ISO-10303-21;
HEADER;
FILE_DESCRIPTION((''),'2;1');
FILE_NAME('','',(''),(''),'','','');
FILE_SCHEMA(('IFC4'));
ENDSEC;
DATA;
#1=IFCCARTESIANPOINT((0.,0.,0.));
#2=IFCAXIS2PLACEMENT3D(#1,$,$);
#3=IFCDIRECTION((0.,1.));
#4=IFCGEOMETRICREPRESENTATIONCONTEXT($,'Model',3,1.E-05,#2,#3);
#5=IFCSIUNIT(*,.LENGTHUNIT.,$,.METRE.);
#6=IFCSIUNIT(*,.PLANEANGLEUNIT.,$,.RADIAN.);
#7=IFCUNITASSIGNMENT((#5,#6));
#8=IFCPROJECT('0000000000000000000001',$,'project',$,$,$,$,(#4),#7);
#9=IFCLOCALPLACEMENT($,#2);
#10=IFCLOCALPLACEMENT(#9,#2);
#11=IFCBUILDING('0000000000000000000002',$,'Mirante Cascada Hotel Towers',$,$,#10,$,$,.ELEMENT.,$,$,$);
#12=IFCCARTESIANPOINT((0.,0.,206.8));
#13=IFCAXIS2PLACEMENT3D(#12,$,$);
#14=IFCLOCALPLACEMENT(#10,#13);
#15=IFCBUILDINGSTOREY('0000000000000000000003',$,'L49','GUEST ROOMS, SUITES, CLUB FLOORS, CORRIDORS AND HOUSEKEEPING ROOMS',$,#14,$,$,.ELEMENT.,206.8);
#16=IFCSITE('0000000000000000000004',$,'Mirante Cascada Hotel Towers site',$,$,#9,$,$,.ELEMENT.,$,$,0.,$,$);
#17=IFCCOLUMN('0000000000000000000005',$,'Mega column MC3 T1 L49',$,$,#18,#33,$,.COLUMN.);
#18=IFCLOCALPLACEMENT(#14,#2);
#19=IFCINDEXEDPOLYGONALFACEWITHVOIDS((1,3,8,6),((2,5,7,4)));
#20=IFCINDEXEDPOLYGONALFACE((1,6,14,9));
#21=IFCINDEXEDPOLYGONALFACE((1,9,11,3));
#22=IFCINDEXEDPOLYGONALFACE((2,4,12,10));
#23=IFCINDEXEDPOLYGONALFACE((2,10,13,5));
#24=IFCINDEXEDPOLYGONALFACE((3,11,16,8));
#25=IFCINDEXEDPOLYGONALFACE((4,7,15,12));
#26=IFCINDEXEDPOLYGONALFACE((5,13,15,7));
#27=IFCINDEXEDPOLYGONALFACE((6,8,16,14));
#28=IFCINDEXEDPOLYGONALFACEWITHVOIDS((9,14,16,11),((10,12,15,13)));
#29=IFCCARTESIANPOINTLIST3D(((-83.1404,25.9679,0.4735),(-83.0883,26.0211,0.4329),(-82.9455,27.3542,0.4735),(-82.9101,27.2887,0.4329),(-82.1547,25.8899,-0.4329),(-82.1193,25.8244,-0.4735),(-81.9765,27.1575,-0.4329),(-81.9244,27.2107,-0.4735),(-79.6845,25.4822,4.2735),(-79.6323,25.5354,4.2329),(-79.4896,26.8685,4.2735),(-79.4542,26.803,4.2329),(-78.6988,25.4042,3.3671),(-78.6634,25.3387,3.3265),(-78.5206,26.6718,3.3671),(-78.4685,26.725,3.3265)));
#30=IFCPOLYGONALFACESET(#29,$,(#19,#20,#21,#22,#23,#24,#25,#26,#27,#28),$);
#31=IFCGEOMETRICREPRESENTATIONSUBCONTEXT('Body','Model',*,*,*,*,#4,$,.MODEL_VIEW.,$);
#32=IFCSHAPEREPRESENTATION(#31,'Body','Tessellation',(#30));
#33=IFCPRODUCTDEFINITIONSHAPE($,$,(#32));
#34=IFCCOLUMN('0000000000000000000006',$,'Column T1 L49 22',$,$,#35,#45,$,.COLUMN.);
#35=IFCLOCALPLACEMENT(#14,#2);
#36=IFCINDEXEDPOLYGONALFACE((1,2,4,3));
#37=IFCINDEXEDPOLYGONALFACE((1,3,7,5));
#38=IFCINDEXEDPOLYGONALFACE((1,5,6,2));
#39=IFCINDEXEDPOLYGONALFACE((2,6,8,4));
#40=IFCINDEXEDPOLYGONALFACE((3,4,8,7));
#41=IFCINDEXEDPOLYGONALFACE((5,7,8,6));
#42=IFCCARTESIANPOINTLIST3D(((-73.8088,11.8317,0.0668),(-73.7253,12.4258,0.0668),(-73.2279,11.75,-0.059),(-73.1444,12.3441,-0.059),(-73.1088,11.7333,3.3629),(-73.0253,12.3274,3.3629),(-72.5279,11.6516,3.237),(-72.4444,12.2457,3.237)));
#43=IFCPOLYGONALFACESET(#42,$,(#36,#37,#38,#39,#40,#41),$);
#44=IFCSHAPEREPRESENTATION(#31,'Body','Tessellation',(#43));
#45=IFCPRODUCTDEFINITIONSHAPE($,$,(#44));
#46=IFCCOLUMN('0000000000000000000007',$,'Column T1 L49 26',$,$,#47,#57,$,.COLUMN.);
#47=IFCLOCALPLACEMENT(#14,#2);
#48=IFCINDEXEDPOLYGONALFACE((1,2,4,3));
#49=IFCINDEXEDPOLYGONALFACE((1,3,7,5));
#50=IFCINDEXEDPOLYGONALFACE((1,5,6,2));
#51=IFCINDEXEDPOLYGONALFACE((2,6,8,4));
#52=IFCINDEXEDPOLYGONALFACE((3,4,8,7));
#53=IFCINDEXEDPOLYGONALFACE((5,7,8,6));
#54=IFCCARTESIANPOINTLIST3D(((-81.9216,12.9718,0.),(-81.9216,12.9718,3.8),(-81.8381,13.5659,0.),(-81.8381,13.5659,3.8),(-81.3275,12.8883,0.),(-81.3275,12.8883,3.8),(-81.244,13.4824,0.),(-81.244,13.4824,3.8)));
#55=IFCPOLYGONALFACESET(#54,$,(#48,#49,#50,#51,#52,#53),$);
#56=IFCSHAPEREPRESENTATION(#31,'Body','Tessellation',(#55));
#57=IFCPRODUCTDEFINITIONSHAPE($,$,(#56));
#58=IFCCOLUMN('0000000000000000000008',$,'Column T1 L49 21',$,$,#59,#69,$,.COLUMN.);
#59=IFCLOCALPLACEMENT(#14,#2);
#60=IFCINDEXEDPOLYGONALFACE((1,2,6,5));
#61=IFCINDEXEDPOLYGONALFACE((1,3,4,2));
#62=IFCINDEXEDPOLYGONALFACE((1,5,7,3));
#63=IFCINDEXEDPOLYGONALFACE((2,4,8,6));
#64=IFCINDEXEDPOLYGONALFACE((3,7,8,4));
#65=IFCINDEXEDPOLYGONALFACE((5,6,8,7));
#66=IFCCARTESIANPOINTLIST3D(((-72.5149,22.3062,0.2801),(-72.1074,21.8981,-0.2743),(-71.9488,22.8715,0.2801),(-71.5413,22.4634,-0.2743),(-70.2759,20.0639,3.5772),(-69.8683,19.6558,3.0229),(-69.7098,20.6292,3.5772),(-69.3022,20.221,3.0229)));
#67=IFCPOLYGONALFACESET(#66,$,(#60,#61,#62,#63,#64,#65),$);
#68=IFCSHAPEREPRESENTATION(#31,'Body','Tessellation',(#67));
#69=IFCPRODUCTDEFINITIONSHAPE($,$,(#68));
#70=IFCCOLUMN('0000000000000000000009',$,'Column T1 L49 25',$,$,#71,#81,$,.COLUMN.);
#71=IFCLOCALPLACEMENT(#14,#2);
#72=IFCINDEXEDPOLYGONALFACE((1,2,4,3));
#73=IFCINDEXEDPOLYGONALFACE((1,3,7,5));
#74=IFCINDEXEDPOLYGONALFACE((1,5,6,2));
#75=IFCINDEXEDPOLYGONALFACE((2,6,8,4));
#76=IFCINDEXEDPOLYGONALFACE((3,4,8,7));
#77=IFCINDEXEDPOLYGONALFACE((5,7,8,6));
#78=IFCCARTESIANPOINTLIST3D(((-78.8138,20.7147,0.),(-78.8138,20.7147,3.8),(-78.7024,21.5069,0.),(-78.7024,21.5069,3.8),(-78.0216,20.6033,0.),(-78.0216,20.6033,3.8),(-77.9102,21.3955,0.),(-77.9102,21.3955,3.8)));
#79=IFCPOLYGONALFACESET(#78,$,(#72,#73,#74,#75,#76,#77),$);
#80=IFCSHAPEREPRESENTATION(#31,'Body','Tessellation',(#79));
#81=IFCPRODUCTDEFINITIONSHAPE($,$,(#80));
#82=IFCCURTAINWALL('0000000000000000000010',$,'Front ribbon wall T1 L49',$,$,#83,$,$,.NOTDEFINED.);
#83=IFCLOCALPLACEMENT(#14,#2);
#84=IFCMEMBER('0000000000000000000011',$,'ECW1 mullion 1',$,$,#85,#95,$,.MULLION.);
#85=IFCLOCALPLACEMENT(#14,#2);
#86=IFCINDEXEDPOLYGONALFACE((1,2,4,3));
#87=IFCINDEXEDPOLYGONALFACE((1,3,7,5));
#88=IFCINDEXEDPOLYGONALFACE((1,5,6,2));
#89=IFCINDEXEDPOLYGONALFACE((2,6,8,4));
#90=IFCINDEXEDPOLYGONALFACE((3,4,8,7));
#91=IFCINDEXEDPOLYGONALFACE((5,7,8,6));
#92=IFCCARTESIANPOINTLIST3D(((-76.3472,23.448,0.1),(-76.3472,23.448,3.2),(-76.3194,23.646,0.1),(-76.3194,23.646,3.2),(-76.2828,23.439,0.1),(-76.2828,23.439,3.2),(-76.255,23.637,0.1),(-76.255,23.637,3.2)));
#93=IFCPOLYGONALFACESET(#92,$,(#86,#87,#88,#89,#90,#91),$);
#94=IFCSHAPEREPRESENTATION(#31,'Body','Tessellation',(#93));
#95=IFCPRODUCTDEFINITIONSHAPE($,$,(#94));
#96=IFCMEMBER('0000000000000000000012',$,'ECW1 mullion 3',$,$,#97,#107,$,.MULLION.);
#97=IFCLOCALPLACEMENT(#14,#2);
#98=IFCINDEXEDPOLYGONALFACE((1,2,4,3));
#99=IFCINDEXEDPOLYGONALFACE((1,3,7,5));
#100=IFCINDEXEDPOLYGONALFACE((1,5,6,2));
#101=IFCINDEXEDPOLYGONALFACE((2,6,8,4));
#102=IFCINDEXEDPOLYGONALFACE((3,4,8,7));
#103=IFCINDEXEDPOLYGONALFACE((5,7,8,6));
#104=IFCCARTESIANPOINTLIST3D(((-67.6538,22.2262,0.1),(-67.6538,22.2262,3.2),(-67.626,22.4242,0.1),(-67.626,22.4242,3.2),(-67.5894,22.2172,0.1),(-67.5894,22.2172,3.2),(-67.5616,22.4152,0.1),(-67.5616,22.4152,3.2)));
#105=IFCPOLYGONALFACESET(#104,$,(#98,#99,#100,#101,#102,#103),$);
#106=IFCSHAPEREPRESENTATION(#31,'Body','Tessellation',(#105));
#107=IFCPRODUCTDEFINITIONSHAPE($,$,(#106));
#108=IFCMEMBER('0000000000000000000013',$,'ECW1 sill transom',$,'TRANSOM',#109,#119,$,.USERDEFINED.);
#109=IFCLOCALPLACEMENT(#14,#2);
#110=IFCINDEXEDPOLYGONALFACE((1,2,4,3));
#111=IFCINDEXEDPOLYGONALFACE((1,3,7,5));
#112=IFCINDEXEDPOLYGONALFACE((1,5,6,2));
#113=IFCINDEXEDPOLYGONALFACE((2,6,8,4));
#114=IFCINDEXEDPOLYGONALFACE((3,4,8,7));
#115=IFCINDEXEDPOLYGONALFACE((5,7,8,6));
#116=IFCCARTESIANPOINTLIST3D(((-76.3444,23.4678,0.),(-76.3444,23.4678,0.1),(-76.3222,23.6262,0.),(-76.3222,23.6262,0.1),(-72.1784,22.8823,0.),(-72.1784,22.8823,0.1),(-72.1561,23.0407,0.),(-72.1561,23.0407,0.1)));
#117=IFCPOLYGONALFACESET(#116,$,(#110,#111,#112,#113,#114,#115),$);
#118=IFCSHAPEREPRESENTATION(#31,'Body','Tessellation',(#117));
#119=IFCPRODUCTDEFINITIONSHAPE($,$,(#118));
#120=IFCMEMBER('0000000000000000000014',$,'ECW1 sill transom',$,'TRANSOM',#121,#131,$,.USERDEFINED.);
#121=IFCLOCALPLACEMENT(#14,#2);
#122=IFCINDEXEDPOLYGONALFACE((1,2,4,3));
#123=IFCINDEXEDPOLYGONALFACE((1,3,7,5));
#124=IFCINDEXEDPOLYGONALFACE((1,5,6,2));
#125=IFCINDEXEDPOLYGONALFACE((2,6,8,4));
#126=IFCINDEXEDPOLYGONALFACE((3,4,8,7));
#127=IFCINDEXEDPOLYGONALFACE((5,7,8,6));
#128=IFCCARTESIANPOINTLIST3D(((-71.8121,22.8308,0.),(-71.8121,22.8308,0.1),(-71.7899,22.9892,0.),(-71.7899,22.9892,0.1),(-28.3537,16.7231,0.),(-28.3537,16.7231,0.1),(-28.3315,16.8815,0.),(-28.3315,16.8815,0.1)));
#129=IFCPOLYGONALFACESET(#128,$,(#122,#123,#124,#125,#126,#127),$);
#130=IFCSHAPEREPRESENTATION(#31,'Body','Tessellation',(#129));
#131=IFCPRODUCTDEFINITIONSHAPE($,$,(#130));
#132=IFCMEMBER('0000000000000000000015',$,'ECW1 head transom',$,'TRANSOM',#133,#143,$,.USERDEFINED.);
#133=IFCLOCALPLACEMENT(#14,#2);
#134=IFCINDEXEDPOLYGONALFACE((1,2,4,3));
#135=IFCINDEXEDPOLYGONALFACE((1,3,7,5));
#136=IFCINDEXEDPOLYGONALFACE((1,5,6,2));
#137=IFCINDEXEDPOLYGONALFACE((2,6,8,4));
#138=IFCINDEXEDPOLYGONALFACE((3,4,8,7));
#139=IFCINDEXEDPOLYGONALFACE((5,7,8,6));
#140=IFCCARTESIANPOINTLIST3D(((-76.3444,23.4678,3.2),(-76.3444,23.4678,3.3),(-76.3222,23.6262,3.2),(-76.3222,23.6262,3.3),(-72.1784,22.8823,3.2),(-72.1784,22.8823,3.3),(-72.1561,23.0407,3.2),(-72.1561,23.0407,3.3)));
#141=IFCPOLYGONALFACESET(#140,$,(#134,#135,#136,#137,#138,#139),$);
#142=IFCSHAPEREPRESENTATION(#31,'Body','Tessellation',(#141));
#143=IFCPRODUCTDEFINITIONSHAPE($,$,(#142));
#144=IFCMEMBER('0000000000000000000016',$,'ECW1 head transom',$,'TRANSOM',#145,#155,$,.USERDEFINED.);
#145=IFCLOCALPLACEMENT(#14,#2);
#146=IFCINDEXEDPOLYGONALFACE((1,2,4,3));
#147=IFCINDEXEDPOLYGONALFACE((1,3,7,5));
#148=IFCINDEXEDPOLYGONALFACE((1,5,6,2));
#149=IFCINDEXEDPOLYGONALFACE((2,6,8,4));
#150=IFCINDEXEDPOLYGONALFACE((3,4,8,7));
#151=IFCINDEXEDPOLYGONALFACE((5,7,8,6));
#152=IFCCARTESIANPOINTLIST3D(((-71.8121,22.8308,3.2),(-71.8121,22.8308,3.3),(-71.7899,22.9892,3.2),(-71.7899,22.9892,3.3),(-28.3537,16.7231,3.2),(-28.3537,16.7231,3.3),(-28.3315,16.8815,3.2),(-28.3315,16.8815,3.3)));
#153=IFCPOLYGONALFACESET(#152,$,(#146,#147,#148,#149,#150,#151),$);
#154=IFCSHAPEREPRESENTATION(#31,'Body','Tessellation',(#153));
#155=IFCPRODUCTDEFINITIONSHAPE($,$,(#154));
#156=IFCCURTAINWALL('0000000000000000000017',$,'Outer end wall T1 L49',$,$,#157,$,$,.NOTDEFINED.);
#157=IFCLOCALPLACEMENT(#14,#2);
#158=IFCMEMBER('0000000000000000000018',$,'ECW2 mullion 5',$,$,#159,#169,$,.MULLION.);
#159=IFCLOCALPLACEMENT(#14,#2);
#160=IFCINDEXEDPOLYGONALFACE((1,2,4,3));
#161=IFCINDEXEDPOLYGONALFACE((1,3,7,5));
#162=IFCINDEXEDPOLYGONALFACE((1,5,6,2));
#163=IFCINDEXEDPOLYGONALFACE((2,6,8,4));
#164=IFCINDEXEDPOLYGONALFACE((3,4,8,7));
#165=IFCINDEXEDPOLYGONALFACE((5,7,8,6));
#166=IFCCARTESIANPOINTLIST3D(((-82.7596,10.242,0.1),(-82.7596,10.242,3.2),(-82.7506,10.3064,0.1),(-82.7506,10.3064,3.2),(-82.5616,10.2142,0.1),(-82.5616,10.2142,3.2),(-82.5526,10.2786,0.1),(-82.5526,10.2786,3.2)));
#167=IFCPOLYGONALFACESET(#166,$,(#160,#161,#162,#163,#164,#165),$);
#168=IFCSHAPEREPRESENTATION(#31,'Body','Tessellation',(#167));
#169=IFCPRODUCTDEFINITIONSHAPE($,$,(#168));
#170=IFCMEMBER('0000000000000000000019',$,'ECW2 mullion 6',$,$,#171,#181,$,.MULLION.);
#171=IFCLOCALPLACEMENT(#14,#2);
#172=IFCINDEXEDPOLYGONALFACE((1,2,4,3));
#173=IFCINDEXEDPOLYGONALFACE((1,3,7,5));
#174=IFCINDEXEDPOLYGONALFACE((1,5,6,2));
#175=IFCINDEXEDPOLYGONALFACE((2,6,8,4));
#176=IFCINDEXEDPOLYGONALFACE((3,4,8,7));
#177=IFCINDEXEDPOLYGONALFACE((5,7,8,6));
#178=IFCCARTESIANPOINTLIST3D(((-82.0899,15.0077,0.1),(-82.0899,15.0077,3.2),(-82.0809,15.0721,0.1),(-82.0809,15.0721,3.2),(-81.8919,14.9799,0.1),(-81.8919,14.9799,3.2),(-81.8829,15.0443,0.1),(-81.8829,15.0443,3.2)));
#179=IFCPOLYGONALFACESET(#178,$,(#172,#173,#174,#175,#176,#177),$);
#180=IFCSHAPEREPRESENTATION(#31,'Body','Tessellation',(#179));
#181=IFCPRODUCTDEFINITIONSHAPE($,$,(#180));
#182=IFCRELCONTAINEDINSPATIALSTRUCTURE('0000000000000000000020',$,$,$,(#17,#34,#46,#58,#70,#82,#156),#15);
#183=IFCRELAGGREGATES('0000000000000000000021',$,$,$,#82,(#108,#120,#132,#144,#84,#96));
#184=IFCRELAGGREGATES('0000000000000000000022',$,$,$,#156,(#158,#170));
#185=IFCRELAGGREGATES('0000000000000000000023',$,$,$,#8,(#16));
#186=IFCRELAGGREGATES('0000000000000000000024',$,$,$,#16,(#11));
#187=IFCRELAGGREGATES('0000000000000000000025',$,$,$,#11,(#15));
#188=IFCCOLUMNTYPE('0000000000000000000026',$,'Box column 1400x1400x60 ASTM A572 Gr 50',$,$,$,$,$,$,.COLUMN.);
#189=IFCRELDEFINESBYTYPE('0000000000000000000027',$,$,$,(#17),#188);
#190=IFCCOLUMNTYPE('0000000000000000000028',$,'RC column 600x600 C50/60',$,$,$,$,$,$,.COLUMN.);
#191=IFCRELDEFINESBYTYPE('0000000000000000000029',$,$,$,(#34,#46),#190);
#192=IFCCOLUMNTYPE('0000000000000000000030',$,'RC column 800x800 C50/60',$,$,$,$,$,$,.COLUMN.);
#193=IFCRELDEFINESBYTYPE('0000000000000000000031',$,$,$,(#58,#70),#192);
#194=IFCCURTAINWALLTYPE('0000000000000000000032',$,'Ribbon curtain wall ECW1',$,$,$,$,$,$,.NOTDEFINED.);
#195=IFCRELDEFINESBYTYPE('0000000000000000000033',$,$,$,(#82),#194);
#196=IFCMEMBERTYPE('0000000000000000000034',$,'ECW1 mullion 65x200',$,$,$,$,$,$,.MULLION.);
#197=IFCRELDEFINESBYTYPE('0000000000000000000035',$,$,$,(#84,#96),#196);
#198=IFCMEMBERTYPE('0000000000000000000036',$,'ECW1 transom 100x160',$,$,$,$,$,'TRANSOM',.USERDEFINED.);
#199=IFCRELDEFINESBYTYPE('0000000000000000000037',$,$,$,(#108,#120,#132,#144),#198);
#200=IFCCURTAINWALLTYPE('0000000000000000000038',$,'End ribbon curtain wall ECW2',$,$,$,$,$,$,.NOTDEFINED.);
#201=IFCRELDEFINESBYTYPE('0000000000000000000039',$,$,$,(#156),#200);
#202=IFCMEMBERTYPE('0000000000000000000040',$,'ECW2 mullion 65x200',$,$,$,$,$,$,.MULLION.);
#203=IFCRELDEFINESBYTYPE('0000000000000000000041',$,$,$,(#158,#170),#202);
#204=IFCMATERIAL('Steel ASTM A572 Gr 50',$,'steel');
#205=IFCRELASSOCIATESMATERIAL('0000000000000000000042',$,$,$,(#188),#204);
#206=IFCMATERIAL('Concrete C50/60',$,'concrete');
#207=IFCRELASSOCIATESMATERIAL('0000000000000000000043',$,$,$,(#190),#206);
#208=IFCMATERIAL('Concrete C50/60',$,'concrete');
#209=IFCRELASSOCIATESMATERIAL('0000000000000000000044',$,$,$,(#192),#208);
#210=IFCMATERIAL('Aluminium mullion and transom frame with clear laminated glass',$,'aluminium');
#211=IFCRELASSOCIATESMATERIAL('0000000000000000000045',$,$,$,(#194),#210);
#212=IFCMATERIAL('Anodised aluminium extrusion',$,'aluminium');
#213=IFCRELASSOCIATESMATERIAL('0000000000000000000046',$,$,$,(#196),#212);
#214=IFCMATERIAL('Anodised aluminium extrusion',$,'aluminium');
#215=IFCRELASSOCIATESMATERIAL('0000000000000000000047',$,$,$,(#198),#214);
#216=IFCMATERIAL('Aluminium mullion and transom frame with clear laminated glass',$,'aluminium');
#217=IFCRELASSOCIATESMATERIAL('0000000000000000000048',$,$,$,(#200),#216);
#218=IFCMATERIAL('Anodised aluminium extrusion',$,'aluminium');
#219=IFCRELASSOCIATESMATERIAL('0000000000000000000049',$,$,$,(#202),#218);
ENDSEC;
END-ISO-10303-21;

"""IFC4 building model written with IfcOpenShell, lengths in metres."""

from ifc_helpers import new_model, si_unit, direction, frame, origin, origin_2d, place, context, subcontext, project, spatial, rectangle, hollow_rectangle, extrude, material, material_profile, profile_set, type_object, element, aggregate, save


model = new_model("IFC4")

# Units and contexts
model_context = context("Model", 3, precision=1e-05, world=origin(), true_north=direction((0.0, 1.0)))
body_context = subcontext(model_context, "Body", "Model", "MODEL_VIEW")
ifc_project = project(units=[si_unit("LENGTHUNIT", "METRE"), si_unit("PLANEANGLEUNIT", "RADIAN")], contexts=[model_context])

# Site, building, storey
site_placement = place(None, origin())
site = spatial("IfcSite", under=ifc_project, at=site_placement, Name="Mirante Cascada Hotel Towers site", CompositionType="ELEMENT", RefElevation=0.0)
building_placement = place(site_placement, origin())
building = spatial("IfcBuilding", under=site, at=building_placement, Name="Mirante Cascada Hotel Towers", CompositionType="ELEMENT")
storey_placement = place(building_placement, frame((0.0, 0.0, 206.8)))
storey = spatial("IfcBuildingStorey", under=building, at=storey_placement, Name="L49", Description="GUEST ROOMS, SUITES, CLUB FLOORS, CORRIDORS AND HOUSEKEEPING ROOMS", CompositionType="ELEMENT", Elevation=206.8)

# Columns
ifc_material_1 = material(Name="Steel ASTM A572 Gr 50", Category="steel")
ifc_material_profile_1 = material_profile(ifc_material_1, hollow_rectangle(XDim=1.4, YDim=1.4, WallThickness=0.06, at=origin_2d()), Name="Box column 1400x1400x60 ASTM A572 Gr 50")
ifc_profile_set_1 = profile_set([ifc_material_profile_1], Name="Steel ASTM A572 Gr 50")
column_type_1 = type_object("IfcColumnType", Name="Box column 1400x1400x60 ASTM A572 Gr 50", PredefinedType="COLUMN", material=ifc_profile_set_1)
column_1_placement = place(storey_placement, frame((-82.5324, 26.5893, 0.0), z_axis=(0.669829, -0.094139, 0.736523), x_axis=(0.139175, 0.990268, 0.0)))
element("IfcColumn", 1, at=column_1_placement, inside=storey, type_object=column_type_1, Name="Mega column MC3 T1 L49", PredefinedType="COLUMN", context=body_context, shape_type="SweptSolid", body=[
    extrude(hollow_rectangle(XDim=1.4, YDim=1.4, WallThickness=0.06, at=origin_2d()), origin(), (0.0, 0.0, 1.0), 5.1594),
])
ifc_material_2 = material(Name="Concrete C50/60", Category="concrete")
ifc_material_profile_2 = material_profile(ifc_material_2, rectangle(XDim=0.6, YDim=0.6, at=origin_2d()), Name="RC column 600x600 C50/60")
ifc_profile_set_2 = profile_set([ifc_material_profile_2], Name="Concrete C50/60")
column_type_2 = type_object("IfcColumnType", Name="RC column 600x600 C50/60", PredefinedType="COLUMN", material=ifc_profile_set_2)
column_2_placement = place(storey_placement, frame((-73.4766, 12.0879, 0.0039), z_axis=(0.207651, -0.02919, 0.977767), x_axis=(0.139203, 0.990264, 0.0)))
element("IfcColumn", 2, at=column_2_placement, inside=storey, type_object=column_type_2, Name="Column T1 L49 22", PredefinedType="COLUMN", context=body_context, shape_type="SweptSolid", body=[
    extrude(rectangle(XDim=0.6, YDim=0.6, at=origin_2d()), origin(), (0.0, 0.0, 1.0), 3.371),
])
column_3_placement = place(storey_placement, frame((-81.5828, 13.2271, 0.0), z_axis=(0.0, 0.0, 1.0), x_axis=(-0.990268, 0.139173, 0.0)))
element("IfcColumn", 3, at=column_3_placement, inside=storey, type_object=column_type_2, Name="Column T1 L49 26", PredefinedType="COLUMN", context=body_context, shape_type="SweptSolid", body=[
    extrude(rectangle(XDim=0.6, YDim=0.6, at=origin_2d()), origin(), (0.0, 0.0, 1.0), 3.8),
])
ifc_material_3 = material(Name="Concrete C50/60", Category="concrete")
ifc_material_profile_3 = material_profile(ifc_material_3, rectangle(XDim=0.8, YDim=0.8, at=origin_2d()), Name="RC column 800x800 C50/60")
ifc_profile_set_3 = profile_set([ifc_material_profile_3], Name="Concrete C50/60")
column_type_3 = type_object("IfcColumnType", Name="RC column 800x800 C50/60", PredefinedType="COLUMN", material=ifc_profile_set_3)
column_4_placement = place(storey_placement, frame((-72.0281, 22.3848, 0.0029), z_axis=(0.489618, -0.49034, 0.721), x_axis=(0.707627, 0.706586, 0.0)))
element("IfcColumn", 4, at=column_4_placement, inside=storey, type_object=column_type_3, Name="Column T1 L49 21", PredefinedType="COLUMN", context=body_context, shape_type="SweptSolid", body=[
    extrude(rectangle(XDim=0.8, YDim=0.8, at=origin_2d()), origin(), (0.0, 0.0, 1.0), 4.573),
])
column_5_placement = place(storey_placement, frame((-78.362, 21.0551, 0.0), z_axis=(0.0, 0.0, 1.0), x_axis=(-0.990268, 0.139173, 0.0)))
element("IfcColumn", 5, at=column_5_placement, inside=storey, type_object=column_type_3, Name="Column T1 L49 25", PredefinedType="COLUMN", context=body_context, shape_type="SweptSolid", body=[
    extrude(rectangle(XDim=0.8, YDim=0.8, at=origin_2d()), origin(), (0.0, 0.0, 1.0), 3.8),
])

# Curtain walls, members
ifc_material_4 = material(Name="Aluminium mullion and transom frame with clear laminated glass", Category="aluminium")
curtain_wall_type_1 = type_object("IfcCurtainWallType", Name="Ribbon curtain wall ECW1", PredefinedType="NOTDEFINED", material=ifc_material_4)
curtain_wall_1_placement = place(storey_placement, origin())
curtain_wall_1 = element("IfcCurtainWall", 6, at=curtain_wall_1_placement, inside=storey, type_object=curtain_wall_type_1, Name="Front ribbon wall T1 L49", PredefinedType="NOTDEFINED")
ifc_material_5 = material(Name="Anodised aluminium extrusion", Category="aluminium")
ifc_material_profile_4 = material_profile(ifc_material_5, rectangle(XDim=0.2, YDim=0.065, at=origin_2d()), Name="ECW1 MULLION 65x200")
ifc_profile_set_4 = profile_set([ifc_material_profile_4], Name="Anodised aluminium extrusion")
member_type_1 = type_object("IfcMemberType", Name="ECW1 mullion 65x200", PredefinedType="MULLION", material=ifc_profile_set_4)
member_1_placement = place(storey_placement, frame((-76.3011, 23.5425, 0.1), z_axis=(0.0, 0.0, 1.0), x_axis=(0.139173, 0.990268, 0.0)))
member_1 = element("IfcMember", 7, at=member_1_placement, type_object=member_type_1, Name="ECW1 mullion 1", PredefinedType="MULLION", context=body_context, shape_type="SweptSolid", body=[
    extrude(rectangle(XDim=0.2, YDim=0.065, at=origin_2d()), origin(), (0.0, 0.0, 1.0), 3.1),
])
member_2_placement = place(storey_placement, frame((-67.6077, 22.3207, 0.1), z_axis=(0.0, 0.0, 1.0), x_axis=(0.139173, 0.990268, 0.0)))
member_2 = element("IfcMember", 8, at=member_2_placement, type_object=member_type_1, Name="ECW1 mullion 3", PredefinedType="MULLION", context=body_context, shape_type="SweptSolid", body=[
    extrude(rectangle(XDim=0.2, YDim=0.065, at=origin_2d()), origin(), (0.0, 0.0, 1.0), 3.1),
])
ifc_material_6 = material(Name="Anodised aluminium extrusion", Category="aluminium")
ifc_material_profile_5 = material_profile(ifc_material_6, rectangle(XDim=0.16, YDim=0.1, at=origin_2d()), Name="ECW1 TRANSOM 100x160")
ifc_profile_set_5 = profile_set([ifc_material_profile_5], Name="Anodised aluminium extrusion")
member_type_2 = type_object("IfcMemberType", Name="ECW1 transom 100x160", ElementType="TRANSOM", PredefinedType="USERDEFINED", material=ifc_profile_set_5)
member_3_placement = place(storey_placement, frame((-76.3333, 23.547, 0.05), z_axis=(0.990268, -0.139171, 0.0), x_axis=(0.139171, 0.990268, 0.0)))
member_3 = element("IfcMember", 9, at=member_3_placement, type_object=member_type_2, Name="ECW1 sill transom", ObjectType="TRANSOM", PredefinedType="USERDEFINED", context=body_context, shape_type="SweptSolid", body=[
    extrude(rectangle(XDim=0.16, YDim=0.1, at=origin_2d()), origin(), (0.0, 0.0, 1.0), 4.207),
])
member_4_placement = place(storey_placement, frame((-71.801, 22.91, 0.05), z_axis=(0.990268, -0.139174, 0.0), x_axis=(0.139174, 0.990268, 0.0)))
member_4 = element("IfcMember", 10, at=member_4_placement, type_object=member_type_2, Name="ECW1 sill transom", ObjectType="TRANSOM", PredefinedType="USERDEFINED", context=body_context, shape_type="SweptSolid", body=[
    extrude(rectangle(XDim=0.16, YDim=0.1, at=origin_2d()), origin(), (0.0, 0.0, 1.0), 43.8855),
])
member_5_placement = place(storey_placement, frame((-76.3333, 23.547, 3.25), z_axis=(0.990268, -0.139171, 0.0), x_axis=(0.139171, 0.990268, 0.0)))
member_5 = element("IfcMember", 11, at=member_5_placement, type_object=member_type_2, Name="ECW1 head transom", ObjectType="TRANSOM", PredefinedType="USERDEFINED", context=body_context, shape_type="SweptSolid", body=[
    extrude(rectangle(XDim=0.16, YDim=0.1, at=origin_2d()), origin(), (0.0, 0.0, 1.0), 4.207),
])
member_6_placement = place(storey_placement, frame((-71.801, 22.91, 3.25), z_axis=(0.990268, -0.139174, 0.0), x_axis=(0.139174, 0.990268, 0.0)))
member_6 = element("IfcMember", 12, at=member_6_placement, type_object=member_type_2, Name="ECW1 head transom", ObjectType="TRANSOM", PredefinedType="USERDEFINED", context=body_context, shape_type="SweptSolid", body=[
    extrude(rectangle(XDim=0.16, YDim=0.1, at=origin_2d()), origin(), (0.0, 0.0, 1.0), 43.8855),
])
ifc_material_7 = material(Name="Aluminium mullion and transom frame with clear laminated glass", Category="aluminium")
curtain_wall_type_2 = type_object("IfcCurtainWallType", Name="End ribbon curtain wall ECW2", PredefinedType="NOTDEFINED", material=ifc_material_7)
curtain_wall_2_placement = place(storey_placement, origin())
curtain_wall_2 = element("IfcCurtainWall", 13, at=curtain_wall_2_placement, inside=storey, type_object=curtain_wall_type_2, Name="Outer end wall T1 L49", PredefinedType="NOTDEFINED")
ifc_material_8 = material(Name="Anodised aluminium extrusion", Category="aluminium")
ifc_material_profile_6 = material_profile(ifc_material_8, rectangle(XDim=0.2, YDim=0.065, at=origin_2d()), Name="ECW2 MULLION 65x200")
ifc_profile_set_6 = profile_set([ifc_material_profile_6], Name="Anodised aluminium extrusion")
member_type_3 = type_object("IfcMemberType", Name="ECW2 mullion 65x200", PredefinedType="MULLION", material=ifc_profile_set_6)
member_7_placement = place(storey_placement, frame((-82.6561, 10.2603, 0.1), z_axis=(0.0, 0.0, 1.0), x_axis=(-0.990268, 0.139173, 0.0)))
member_7 = element("IfcMember", 14, at=member_7_placement, type_object=member_type_3, Name="ECW2 mullion 5", PredefinedType="MULLION", context=body_context, shape_type="SweptSolid", body=[
    extrude(rectangle(XDim=0.2, YDim=0.065, at=origin_2d()), origin(), (0.0, 0.0, 1.0), 3.1),
])
member_8_placement = place(storey_placement, frame((-81.9864, 15.026, 0.1), z_axis=(0.0, 0.0, 1.0), x_axis=(-0.990268, 0.139173, 0.0)))
member_8 = element("IfcMember", 15, at=member_8_placement, type_object=member_type_3, Name="ECW2 mullion 6", PredefinedType="MULLION", context=body_context, shape_type="SweptSolid", body=[
    extrude(rectangle(XDim=0.2, YDim=0.065, at=origin_2d()), origin(), (0.0, 0.0, 1.0), 3.1),
])

aggregate(curtain_wall_1, [member_3, member_4, member_5, member_6, member_1, member_2])
aggregate(curtain_wall_2, [member_7, member_8])

save(model, "model.ifc")
